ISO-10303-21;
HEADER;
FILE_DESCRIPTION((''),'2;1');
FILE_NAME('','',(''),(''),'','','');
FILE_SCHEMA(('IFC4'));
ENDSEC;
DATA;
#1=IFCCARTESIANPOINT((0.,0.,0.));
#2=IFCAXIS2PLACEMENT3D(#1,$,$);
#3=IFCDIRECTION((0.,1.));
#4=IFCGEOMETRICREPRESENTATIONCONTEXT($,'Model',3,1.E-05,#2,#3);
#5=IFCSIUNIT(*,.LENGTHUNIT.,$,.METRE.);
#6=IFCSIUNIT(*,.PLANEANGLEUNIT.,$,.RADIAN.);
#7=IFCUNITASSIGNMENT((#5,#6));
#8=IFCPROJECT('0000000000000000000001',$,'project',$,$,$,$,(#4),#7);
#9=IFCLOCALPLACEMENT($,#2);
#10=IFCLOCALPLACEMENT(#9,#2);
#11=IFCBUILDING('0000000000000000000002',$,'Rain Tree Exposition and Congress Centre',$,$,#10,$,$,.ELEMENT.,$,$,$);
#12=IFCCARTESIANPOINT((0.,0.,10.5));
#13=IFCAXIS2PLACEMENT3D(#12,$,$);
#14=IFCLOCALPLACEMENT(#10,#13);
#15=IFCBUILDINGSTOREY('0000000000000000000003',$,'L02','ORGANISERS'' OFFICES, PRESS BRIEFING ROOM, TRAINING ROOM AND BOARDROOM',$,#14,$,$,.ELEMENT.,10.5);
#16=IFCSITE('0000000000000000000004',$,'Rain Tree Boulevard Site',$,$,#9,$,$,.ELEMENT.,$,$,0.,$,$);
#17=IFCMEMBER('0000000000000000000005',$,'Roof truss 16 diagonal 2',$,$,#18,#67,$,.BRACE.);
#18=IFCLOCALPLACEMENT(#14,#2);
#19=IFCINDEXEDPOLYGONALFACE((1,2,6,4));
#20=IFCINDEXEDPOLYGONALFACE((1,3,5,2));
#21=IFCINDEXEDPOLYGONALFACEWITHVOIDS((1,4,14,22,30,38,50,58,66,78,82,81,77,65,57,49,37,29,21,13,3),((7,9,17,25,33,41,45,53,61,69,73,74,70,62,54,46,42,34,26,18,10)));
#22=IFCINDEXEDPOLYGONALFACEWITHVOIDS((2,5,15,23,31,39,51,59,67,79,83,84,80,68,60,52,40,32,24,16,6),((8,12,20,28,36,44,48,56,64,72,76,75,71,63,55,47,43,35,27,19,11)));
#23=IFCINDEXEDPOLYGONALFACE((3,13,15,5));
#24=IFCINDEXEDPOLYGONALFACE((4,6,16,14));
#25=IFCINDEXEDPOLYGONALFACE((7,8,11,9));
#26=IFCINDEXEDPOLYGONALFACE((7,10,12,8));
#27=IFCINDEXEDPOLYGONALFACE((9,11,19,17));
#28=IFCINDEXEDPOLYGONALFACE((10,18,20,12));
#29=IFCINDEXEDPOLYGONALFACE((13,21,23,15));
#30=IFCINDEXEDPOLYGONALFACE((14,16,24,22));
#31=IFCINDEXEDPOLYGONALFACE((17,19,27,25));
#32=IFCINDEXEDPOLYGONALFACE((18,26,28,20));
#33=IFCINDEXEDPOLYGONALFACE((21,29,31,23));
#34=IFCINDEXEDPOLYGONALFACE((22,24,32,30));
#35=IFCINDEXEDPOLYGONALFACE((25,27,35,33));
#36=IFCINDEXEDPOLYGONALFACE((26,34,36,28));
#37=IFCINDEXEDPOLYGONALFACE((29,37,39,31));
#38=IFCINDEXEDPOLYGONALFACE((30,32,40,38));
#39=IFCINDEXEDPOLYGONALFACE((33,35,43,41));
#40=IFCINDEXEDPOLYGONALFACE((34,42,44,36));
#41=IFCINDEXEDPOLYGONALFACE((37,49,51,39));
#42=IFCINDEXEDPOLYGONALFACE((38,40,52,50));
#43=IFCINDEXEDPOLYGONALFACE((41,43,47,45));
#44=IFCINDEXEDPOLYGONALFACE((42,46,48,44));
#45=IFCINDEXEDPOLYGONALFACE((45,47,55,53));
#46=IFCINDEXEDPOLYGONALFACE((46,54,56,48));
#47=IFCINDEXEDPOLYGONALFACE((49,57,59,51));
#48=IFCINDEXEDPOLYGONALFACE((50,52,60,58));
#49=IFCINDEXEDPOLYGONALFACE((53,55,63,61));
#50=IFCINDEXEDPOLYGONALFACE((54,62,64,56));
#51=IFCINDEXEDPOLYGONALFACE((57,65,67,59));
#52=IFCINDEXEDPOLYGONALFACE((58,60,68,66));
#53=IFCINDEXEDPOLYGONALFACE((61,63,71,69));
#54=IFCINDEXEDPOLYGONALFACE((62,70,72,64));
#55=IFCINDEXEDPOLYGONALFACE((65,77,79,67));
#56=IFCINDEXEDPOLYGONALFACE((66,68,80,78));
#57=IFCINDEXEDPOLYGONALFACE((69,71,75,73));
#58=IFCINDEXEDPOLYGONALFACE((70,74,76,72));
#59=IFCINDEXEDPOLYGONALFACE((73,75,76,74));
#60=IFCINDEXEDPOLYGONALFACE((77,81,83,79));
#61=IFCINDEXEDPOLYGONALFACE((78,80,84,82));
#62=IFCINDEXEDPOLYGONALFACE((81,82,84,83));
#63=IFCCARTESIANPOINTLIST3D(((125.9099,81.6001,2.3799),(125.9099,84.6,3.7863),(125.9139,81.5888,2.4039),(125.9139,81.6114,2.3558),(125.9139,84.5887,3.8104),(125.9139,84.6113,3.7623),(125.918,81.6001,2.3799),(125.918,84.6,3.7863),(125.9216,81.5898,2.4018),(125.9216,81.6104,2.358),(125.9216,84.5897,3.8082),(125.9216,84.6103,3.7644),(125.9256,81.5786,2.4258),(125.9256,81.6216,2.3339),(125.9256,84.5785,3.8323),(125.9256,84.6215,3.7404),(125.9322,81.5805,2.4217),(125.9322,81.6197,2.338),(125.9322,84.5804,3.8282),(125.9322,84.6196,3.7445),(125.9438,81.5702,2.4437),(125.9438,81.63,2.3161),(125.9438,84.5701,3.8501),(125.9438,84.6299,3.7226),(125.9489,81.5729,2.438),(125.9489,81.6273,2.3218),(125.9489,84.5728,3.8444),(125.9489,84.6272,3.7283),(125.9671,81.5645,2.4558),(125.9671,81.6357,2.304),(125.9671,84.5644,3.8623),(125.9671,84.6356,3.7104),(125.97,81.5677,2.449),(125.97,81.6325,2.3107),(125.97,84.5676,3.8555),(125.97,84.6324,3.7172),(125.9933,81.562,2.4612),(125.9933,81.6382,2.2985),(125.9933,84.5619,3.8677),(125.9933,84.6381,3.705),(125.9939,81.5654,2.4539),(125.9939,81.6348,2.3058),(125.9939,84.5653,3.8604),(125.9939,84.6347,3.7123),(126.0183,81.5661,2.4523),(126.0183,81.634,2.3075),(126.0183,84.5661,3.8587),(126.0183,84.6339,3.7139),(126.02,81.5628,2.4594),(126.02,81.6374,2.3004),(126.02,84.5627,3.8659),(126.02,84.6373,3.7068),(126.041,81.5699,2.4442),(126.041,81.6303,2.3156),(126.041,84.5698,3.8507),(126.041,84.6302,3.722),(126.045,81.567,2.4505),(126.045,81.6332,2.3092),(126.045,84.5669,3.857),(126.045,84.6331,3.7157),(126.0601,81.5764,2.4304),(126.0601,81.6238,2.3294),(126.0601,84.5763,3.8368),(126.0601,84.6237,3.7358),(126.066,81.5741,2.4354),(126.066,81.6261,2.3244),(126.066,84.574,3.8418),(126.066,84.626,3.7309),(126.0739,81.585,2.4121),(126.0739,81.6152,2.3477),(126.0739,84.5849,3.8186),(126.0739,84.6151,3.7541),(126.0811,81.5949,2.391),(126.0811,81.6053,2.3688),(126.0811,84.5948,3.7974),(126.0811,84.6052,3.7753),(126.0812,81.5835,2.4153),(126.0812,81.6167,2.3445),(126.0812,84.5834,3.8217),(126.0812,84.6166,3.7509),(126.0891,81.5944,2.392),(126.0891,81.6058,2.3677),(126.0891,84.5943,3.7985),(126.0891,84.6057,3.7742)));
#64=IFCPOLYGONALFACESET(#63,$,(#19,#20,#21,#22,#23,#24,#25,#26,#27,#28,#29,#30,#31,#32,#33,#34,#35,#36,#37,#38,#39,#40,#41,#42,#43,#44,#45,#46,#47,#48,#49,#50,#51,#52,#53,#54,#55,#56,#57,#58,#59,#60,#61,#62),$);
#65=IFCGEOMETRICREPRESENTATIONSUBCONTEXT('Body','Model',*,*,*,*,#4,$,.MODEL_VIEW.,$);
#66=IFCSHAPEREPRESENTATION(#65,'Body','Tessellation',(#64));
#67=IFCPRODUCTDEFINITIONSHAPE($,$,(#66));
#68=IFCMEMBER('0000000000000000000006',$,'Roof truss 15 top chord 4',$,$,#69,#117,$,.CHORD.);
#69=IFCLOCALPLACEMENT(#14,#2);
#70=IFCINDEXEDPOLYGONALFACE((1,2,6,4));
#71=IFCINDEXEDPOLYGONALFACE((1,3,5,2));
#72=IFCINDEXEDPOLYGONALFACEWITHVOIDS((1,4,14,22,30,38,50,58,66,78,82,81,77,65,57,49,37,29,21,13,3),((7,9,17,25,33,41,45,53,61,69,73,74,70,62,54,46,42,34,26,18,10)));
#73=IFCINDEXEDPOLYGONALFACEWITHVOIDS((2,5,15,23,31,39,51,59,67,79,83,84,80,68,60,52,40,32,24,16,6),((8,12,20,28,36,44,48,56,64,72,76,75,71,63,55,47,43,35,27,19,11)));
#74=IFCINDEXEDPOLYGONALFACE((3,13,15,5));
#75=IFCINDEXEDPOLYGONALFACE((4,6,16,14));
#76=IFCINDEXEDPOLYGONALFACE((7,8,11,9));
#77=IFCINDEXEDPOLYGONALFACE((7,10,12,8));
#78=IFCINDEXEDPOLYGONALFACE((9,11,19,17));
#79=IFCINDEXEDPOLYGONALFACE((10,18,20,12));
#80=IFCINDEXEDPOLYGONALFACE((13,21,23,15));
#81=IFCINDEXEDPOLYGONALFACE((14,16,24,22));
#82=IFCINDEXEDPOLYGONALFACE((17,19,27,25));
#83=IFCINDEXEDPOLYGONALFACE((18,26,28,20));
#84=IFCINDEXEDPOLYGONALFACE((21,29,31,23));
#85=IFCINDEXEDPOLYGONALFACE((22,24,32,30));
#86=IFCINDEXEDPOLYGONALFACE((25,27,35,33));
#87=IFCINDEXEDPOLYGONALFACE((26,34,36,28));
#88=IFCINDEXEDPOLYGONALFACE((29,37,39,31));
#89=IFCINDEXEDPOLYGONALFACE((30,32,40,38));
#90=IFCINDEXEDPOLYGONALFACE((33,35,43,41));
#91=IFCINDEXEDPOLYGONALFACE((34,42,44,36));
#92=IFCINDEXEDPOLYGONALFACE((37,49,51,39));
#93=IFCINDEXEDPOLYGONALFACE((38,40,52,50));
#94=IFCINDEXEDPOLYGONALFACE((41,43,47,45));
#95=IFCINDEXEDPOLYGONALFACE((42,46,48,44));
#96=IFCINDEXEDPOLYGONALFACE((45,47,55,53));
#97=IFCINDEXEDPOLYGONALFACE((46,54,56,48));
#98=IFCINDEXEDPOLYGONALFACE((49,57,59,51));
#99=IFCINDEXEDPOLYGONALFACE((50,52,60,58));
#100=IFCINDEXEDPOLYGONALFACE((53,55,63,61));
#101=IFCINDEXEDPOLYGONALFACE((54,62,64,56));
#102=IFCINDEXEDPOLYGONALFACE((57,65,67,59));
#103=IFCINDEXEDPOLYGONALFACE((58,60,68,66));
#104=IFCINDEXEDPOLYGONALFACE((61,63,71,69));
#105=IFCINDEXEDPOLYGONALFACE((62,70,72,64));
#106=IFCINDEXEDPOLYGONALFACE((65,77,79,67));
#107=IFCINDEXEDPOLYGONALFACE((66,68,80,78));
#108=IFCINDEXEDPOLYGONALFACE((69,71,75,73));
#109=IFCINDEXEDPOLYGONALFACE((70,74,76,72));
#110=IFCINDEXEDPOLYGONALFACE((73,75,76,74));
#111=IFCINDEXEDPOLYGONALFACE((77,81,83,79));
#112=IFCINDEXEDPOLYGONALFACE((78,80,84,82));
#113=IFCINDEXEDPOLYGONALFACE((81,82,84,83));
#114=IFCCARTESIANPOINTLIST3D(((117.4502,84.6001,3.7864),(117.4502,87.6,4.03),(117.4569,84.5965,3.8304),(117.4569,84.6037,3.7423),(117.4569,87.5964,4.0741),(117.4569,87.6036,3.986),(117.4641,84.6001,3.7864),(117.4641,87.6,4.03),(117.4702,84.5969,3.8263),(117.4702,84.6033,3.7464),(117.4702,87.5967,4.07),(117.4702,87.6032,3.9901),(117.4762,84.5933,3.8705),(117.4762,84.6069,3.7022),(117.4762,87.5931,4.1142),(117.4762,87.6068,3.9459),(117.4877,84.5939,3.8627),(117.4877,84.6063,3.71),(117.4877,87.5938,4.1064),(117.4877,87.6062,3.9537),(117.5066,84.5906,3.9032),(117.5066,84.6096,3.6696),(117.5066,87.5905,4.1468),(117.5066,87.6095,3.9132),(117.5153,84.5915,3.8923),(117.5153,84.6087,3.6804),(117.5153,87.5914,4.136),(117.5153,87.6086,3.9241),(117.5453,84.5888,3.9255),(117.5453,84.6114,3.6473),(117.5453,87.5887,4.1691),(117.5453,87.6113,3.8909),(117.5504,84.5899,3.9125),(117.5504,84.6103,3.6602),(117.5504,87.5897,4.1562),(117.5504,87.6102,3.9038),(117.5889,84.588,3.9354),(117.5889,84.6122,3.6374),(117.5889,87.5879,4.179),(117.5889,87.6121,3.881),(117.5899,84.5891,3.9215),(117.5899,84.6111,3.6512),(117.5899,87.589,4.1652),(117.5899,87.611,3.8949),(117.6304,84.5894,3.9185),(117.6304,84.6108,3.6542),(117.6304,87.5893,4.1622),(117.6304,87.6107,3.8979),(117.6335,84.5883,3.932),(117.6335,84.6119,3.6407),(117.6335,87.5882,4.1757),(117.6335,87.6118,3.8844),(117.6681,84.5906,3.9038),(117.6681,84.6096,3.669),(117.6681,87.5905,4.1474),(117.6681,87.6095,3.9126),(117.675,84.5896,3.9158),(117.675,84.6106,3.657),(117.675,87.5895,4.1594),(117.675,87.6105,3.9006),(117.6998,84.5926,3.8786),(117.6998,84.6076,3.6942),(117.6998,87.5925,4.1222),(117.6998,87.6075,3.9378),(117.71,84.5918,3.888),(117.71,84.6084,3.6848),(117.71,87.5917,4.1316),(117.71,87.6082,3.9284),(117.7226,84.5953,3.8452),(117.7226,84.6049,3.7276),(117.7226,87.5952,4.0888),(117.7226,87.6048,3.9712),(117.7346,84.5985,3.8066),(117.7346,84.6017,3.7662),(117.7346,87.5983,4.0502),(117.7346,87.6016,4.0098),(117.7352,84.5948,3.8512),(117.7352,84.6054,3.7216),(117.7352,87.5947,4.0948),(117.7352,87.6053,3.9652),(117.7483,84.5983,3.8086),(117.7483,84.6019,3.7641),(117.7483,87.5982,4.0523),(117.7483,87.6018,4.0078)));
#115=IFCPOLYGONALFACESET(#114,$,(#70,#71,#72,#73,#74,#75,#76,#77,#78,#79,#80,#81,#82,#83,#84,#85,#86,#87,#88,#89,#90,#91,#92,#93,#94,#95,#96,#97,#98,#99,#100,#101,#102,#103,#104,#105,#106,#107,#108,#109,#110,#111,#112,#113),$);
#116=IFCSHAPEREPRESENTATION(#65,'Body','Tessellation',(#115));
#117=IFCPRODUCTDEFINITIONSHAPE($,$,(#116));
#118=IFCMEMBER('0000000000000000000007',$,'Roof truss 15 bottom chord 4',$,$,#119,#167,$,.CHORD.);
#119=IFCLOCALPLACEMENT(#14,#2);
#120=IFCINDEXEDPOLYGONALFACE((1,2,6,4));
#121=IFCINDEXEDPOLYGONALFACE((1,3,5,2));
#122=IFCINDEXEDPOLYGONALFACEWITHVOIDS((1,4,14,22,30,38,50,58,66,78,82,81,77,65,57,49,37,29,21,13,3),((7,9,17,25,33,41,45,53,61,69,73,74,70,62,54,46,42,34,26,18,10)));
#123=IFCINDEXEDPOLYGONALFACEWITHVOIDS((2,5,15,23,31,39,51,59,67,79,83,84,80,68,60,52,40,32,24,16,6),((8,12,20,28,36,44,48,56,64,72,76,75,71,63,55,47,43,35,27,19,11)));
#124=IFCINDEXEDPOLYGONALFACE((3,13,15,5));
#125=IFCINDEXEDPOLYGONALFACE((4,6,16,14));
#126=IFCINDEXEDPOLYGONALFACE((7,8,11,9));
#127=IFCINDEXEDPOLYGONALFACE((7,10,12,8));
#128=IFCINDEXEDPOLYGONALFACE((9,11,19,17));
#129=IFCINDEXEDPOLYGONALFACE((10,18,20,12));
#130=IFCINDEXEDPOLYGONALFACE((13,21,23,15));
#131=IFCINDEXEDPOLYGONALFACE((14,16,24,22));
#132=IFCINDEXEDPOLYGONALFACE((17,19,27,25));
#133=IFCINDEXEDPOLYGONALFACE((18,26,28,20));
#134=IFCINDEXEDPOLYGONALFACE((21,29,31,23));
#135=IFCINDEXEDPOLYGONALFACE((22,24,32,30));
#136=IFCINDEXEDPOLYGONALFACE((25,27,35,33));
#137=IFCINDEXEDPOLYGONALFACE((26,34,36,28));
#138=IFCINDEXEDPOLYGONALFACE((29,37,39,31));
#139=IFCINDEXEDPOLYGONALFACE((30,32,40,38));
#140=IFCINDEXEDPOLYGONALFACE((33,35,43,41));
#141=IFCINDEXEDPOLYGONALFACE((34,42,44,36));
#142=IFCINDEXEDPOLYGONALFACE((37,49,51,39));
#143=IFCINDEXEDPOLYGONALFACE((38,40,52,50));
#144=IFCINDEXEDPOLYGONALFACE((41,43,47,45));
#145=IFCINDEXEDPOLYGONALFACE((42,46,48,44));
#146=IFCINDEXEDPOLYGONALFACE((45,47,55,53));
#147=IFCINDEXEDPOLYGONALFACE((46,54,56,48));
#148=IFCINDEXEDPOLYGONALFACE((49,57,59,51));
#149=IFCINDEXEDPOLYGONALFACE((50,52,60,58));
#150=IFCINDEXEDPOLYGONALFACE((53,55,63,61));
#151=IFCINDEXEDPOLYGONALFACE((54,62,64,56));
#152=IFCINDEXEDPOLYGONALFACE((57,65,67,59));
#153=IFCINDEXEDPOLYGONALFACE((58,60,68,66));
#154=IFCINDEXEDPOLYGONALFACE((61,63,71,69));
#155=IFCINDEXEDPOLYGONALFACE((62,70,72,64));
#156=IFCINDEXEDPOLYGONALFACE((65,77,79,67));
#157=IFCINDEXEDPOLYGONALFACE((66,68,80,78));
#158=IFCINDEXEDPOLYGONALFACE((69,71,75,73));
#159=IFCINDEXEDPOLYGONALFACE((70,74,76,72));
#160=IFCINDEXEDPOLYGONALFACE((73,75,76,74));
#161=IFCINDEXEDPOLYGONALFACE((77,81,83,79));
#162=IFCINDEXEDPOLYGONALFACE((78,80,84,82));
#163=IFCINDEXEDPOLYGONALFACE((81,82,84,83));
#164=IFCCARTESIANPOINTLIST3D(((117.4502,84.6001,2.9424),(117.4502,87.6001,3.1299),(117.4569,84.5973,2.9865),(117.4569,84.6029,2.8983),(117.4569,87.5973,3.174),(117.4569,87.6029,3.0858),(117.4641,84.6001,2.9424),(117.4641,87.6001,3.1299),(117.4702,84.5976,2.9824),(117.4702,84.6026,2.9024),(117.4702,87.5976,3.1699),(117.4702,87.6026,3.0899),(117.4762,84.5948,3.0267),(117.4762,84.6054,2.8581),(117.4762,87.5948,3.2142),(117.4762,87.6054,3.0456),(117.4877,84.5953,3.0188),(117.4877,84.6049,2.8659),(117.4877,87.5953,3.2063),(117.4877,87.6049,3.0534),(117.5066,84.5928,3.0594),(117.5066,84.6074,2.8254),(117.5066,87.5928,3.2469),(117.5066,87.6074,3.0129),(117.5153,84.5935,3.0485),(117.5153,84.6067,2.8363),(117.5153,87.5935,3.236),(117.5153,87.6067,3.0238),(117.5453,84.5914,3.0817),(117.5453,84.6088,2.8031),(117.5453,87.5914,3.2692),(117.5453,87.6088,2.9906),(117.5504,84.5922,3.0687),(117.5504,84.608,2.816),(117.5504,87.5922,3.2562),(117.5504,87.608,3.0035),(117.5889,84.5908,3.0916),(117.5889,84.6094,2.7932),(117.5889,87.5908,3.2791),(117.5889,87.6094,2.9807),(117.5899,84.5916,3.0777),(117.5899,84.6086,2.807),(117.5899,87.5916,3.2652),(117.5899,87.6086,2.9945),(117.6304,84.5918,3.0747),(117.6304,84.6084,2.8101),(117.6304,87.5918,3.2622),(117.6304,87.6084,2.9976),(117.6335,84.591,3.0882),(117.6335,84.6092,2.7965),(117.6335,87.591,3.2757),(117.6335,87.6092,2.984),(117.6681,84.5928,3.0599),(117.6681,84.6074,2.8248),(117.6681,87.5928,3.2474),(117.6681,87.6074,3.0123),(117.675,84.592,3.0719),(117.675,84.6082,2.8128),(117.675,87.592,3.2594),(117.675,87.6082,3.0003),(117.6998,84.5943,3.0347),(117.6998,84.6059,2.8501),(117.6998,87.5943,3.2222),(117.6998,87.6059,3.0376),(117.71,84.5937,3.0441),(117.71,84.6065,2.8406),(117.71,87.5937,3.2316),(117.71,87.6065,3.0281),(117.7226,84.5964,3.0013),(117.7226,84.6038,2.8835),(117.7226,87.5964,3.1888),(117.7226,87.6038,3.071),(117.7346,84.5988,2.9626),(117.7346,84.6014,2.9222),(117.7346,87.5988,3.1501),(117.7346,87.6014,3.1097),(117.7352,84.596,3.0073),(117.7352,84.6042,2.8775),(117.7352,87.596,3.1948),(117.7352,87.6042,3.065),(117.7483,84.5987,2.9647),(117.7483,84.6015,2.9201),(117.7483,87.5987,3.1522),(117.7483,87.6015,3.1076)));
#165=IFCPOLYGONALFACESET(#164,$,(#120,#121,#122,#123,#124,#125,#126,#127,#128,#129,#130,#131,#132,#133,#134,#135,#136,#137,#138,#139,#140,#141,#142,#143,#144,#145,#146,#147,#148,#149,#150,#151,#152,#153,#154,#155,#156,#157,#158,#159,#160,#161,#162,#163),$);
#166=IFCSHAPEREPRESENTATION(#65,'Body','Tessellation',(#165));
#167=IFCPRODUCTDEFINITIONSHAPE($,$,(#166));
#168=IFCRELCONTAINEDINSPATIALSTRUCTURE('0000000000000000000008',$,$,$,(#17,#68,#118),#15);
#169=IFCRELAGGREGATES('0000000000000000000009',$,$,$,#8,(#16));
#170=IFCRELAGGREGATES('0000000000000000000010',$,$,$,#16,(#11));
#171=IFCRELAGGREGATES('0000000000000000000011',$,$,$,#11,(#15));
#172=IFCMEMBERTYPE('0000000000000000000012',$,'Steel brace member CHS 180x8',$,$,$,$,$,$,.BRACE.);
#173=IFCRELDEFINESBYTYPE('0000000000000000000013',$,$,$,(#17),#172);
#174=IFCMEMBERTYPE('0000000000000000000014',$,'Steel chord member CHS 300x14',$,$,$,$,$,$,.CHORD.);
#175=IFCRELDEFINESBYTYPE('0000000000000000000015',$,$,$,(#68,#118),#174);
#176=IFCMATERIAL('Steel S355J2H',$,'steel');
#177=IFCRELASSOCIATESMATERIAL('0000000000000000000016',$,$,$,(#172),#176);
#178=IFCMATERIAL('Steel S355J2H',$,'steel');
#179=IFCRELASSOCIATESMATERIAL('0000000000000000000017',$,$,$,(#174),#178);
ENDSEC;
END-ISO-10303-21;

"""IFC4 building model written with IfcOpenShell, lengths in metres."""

from ifc_helpers import new_model, si_unit, direction, frame, origin, origin_2d, place, context, subcontext, project, spatial, hollow_circle, extrude, material, material_profile, profile_set, type_object, element, save


model = new_model("IFC4")

# Units and contexts
model_context = context("Model", 3, precision=1e-05, world=origin(), true_north=direction((0.0, 1.0)))
body_context = subcontext(model_context, "Body", "Model", "MODEL_VIEW")
ifc_project = project(units=[si_unit("LENGTHUNIT", "METRE"), si_unit("PLANEANGLEUNIT", "RADIAN")], contexts=[model_context])

# Site, building, storey
site_placement = place(None, origin())
site = spatial("IfcSite", under=ifc_project, at=site_placement, Name="Rain Tree Boulevard Site", CompositionType="ELEMENT", RefElevation=0.0)
building_placement = place(site_placement, origin())
building = spatial("IfcBuilding", under=site, at=building_placement, Name="Rain Tree Exposition and Congress Centre", CompositionType="ELEMENT")
storey_placement = place(building_placement, frame((0.0, 0.0, 10.5)))
storey = spatial("IfcBuildingStorey", under=building, at=storey_placement, Name="L02", Description="ORGANISERS' OFFICES, PRESS BRIEFING ROOM, TRAINING ROOM AND BOARDROOM", CompositionType="ELEMENT", Elevation=10.5)

# Members
ifc_material_1 = material(Name="Steel S355J2H", Category="steel")
ifc_material_profile_1 = material_profile(ifc_material_1, hollow_circle(Radius=0.0901, WallThickness=0.0081, at=origin_2d()), Name="CHS 180x8")
ifc_profile_set_1 = profile_set([ifc_material_profile_1], Name="Steel S355J2H")
member_type_1 = type_object("IfcMemberType", Name="Steel brace member CHS 180x8", PredefinedType="BRACE", material=ifc_profile_set_1)
member_1_placement = place(storey_placement, frame((126.0, 81.6001, 2.3799), z_axis=(0.0, 0.905431, 0.424494), x_axis=(-1.0, 0.0, 0.0)))
element("IfcMember", 1, at=member_1_placement, inside=storey, type_object=member_type_1, Name="Roof truss 16 diagonal 2", PredefinedType="BRACE", context=body_context, shape_type="SweptSolid", body=[
    extrude(hollow_circle(Radius=0.0901, WallThickness=0.0081, at=origin_2d()), origin(), (0.0, 0.0, 1.0), 3.3132),
])
ifc_material_2 = material(Name="Steel S355J2H", Category="steel")
ifc_material_profile_2 = material_profile(ifc_material_2, hollow_circle(Radius=0.1499, WallThickness=0.0139, at=origin_2d()), Name="CHS 300x14")
ifc_profile_set_2 = profile_set([ifc_material_profile_2], Name="Steel S355J2H")
member_type_2 = type_object("IfcMemberType", Name="Steel chord member CHS 300x14", PredefinedType="CHORD", material=ifc_profile_set_2)
member_2_placement = place(storey_placement, frame((117.6001, 84.6001, 3.7864), z_axis=(0.0, 0.996718, 0.080951), x_axis=(-1.0, 0.0, 0.0)))
element("IfcMember", 2, at=member_2_placement, inside=storey, type_object=member_type_2, Name="Roof truss 15 top chord 4", PredefinedType="CHORD", context=body_context, shape_type="SweptSolid", body=[
    extrude(hollow_circle(Radius=0.1499, WallThickness=0.0139, at=origin_2d()), origin(), (0.0, 0.0, 1.0), 3.0098),
])
member_3_placement = place(storey_placement, frame((117.6001, 84.6001, 2.9424), z_axis=(0.0, 0.998053, 0.062378), x_axis=(-1.0, 0.0, 0.0)))
element("IfcMember", 3, at=member_3_placement, inside=storey, type_object=member_type_2, Name="Roof truss 15 bottom chord 4", PredefinedType="CHORD", context=body_context, shape_type="SweptSolid", body=[
    extrude(hollow_circle(Radius=0.1499, WallThickness=0.0139, at=origin_2d()), origin(), (0.0, 0.0, 1.0), 3.0059),
])

save(model, "model.ifc")
